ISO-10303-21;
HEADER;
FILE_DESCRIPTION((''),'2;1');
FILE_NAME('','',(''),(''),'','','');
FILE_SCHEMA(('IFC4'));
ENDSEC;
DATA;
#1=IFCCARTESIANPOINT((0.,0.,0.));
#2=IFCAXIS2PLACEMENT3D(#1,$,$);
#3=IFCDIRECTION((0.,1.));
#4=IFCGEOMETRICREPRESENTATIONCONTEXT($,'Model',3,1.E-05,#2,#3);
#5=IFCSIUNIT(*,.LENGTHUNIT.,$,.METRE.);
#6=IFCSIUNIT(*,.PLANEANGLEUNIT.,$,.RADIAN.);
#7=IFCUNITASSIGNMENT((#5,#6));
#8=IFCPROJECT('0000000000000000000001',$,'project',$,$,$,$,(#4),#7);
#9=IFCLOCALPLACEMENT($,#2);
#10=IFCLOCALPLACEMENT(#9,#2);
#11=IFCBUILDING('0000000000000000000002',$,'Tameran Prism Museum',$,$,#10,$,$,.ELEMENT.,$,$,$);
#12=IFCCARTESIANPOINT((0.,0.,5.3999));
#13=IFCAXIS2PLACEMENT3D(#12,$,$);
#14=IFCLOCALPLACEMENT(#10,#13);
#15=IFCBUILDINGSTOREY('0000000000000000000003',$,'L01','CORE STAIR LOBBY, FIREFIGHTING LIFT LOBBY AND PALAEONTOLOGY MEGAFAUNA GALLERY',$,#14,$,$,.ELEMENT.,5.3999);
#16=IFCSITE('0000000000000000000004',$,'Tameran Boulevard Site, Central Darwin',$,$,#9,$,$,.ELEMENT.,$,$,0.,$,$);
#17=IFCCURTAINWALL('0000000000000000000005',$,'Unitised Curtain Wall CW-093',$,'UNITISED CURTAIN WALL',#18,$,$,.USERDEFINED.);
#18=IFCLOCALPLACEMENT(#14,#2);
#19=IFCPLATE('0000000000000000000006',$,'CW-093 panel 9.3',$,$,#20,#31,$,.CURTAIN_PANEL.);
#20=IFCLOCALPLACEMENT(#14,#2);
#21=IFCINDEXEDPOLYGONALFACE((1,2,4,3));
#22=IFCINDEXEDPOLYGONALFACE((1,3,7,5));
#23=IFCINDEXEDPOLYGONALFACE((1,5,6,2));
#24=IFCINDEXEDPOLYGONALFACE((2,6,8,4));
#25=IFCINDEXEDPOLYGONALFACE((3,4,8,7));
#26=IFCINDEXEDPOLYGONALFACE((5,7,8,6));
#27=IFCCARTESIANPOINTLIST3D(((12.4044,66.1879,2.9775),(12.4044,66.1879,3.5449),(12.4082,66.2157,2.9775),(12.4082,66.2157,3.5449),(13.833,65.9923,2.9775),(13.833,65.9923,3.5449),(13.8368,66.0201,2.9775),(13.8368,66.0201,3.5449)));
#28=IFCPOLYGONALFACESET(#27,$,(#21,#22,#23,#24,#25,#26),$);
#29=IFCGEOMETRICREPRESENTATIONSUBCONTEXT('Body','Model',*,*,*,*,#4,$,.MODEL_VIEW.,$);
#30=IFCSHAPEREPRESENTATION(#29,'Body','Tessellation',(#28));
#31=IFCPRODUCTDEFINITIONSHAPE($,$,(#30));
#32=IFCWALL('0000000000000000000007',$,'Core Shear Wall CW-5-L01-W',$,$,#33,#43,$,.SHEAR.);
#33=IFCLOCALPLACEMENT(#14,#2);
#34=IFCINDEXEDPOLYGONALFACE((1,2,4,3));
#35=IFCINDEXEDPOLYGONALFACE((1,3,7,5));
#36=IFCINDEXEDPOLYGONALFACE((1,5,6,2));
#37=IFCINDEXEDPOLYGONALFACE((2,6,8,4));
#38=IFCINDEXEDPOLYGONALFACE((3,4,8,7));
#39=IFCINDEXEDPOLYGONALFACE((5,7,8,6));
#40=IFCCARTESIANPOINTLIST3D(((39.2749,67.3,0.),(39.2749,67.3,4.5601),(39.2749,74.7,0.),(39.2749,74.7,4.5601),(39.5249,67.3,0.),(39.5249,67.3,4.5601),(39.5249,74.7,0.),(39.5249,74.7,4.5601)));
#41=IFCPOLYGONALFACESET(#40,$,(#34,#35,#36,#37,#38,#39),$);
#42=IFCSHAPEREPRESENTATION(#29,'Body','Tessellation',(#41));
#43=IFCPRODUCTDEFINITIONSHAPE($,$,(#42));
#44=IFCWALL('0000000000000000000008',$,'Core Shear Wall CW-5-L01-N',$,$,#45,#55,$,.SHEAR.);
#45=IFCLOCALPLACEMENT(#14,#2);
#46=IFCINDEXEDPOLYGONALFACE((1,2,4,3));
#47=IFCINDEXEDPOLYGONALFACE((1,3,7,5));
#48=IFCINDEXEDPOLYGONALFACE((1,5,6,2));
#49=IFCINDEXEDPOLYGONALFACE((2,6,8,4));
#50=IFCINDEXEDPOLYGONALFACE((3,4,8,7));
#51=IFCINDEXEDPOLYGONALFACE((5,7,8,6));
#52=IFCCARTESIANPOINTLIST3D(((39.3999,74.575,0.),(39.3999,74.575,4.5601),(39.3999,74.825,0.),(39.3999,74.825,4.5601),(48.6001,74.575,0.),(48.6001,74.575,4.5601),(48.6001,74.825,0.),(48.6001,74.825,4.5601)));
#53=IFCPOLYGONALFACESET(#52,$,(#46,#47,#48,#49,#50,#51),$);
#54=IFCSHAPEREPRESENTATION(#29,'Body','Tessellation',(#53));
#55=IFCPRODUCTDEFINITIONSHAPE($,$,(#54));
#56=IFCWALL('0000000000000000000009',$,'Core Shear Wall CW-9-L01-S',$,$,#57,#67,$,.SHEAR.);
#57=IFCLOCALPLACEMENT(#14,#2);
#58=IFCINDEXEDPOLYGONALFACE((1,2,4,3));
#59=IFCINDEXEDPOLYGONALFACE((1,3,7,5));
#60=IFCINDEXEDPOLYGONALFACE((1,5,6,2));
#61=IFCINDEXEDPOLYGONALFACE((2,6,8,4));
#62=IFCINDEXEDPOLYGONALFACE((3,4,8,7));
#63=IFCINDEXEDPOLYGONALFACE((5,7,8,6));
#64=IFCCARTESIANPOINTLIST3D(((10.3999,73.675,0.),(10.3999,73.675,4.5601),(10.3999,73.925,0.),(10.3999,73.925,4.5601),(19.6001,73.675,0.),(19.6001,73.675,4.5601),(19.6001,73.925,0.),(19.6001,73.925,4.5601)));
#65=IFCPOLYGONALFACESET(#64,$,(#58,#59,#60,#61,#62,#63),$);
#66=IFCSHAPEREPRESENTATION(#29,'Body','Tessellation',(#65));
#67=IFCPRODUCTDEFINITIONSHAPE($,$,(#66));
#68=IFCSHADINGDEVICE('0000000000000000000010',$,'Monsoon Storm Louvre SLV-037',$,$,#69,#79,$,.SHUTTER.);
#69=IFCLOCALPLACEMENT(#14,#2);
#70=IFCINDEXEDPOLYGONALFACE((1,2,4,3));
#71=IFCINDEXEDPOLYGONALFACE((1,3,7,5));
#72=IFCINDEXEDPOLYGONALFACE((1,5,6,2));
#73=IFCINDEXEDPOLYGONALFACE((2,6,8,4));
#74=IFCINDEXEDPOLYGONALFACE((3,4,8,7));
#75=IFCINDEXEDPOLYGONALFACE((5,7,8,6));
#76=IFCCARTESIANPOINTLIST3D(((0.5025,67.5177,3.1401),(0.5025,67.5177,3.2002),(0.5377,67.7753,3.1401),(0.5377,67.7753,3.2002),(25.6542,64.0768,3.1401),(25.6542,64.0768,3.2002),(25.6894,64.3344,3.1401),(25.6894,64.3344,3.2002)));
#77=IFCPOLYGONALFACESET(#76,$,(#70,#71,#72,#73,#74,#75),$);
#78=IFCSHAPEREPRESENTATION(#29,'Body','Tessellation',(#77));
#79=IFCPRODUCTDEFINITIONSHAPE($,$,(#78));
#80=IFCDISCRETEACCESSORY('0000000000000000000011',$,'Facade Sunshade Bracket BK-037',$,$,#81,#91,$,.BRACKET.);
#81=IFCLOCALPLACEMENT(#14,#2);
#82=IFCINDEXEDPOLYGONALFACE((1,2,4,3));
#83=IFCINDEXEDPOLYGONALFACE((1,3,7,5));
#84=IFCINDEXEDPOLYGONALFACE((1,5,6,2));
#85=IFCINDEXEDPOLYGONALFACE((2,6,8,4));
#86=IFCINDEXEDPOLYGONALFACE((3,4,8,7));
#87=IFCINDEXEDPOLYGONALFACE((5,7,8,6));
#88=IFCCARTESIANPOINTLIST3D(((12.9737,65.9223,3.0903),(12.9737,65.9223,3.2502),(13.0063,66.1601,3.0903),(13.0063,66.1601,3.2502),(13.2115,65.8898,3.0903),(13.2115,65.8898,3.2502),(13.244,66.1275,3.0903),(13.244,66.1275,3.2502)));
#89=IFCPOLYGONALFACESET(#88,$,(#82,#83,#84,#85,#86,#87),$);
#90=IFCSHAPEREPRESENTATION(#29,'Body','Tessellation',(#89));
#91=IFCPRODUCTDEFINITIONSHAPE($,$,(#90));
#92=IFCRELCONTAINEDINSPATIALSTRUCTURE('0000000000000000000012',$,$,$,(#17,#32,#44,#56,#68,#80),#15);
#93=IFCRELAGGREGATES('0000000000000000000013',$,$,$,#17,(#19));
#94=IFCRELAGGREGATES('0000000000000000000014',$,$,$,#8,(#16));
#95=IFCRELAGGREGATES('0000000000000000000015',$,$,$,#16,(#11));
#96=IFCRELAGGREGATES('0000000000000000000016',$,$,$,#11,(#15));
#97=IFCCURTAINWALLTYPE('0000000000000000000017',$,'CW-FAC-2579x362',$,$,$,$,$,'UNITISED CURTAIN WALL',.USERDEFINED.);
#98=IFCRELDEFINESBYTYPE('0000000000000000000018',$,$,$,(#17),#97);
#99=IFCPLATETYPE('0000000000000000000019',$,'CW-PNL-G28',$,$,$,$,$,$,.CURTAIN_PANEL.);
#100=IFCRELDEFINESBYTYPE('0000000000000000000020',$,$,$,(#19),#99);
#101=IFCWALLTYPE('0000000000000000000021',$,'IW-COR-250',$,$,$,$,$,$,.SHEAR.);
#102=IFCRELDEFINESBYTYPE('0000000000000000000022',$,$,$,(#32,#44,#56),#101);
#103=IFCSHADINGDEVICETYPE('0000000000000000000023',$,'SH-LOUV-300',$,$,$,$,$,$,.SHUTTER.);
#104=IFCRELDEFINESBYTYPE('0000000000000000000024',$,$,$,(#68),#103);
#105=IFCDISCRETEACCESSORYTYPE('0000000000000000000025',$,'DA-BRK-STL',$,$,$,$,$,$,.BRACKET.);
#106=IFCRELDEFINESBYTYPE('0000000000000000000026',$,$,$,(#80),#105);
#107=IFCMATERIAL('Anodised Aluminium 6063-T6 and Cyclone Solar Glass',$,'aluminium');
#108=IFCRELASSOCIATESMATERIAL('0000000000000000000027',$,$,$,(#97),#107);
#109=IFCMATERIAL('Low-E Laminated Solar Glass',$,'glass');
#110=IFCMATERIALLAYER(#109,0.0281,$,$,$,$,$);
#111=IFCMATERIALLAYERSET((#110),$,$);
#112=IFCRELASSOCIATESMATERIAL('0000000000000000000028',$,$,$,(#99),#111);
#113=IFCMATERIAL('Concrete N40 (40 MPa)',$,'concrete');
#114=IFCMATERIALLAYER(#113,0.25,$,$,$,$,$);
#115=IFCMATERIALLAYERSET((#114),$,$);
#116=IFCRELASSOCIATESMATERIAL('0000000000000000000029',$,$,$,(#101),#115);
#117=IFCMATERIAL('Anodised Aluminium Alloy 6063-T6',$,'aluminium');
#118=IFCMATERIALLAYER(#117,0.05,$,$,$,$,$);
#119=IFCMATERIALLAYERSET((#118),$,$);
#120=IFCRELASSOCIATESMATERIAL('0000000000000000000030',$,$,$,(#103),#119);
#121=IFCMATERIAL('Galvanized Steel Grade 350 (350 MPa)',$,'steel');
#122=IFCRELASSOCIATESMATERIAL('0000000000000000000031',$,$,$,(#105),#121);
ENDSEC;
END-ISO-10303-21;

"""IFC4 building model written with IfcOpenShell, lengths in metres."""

from ifc_helpers import new_model, si_unit, direction, frame, frame_2d, origin, origin_2d, place, context, subcontext, project, spatial, rectangle, extrude, material, layer, layer_set, type_object, element, aggregate, save


model = new_model("IFC4")

# Units and contexts
model_context = context("Model", 3, precision=1e-05, world=origin(), true_north=direction((0.0, 1.0)))
body_context = subcontext(model_context, "Body", "Model", "MODEL_VIEW")
ifc_project = project(units=[si_unit("LENGTHUNIT", "METRE"), si_unit("PLANEANGLEUNIT", "RADIAN")], contexts=[model_context])

# Site, building, storey
site_placement = place(None, origin())
site = spatial("IfcSite", under=ifc_project, at=site_placement, Name="Tameran Boulevard Site, Central Darwin", CompositionType="ELEMENT", RefElevation=0.0)
building_placement = place(site_placement, origin())
building = spatial("IfcBuilding", under=site, at=building_placement, Name="Tameran Prism Museum", CompositionType="ELEMENT")
storey_placement = place(building_placement, frame((0.0, 0.0, 5.3999)))
storey = spatial("IfcBuildingStorey", under=building, at=storey_placement, Name="L01", Description="CORE STAIR LOBBY, FIREFIGHTING LIFT LOBBY AND PALAEONTOLOGY MEGAFAUNA GALLERY", CompositionType="ELEMENT", Elevation=5.3999)

# Curtain wall, plate
ifc_material_1 = material(Name="Anodised Aluminium 6063-T6 and Cyclone Solar Glass", Category="aluminium")
curtain_wall_type = type_object("IfcCurtainWallType", Name="CW-FAC-2579x362", ElementType="UNITISED CURTAIN WALL", PredefinedType="USERDEFINED", material=ifc_material_1)
curtain_wall_placement = place(storey_placement, origin())
curtain_wall = element("IfcCurtainWall", 1, at=curtain_wall_placement, inside=storey, type_object=curtain_wall_type, Name="Unitised Curtain Wall CW-093", ObjectType="UNITISED CURTAIN WALL", PredefinedType="USERDEFINED")
ifc_material_2 = material(Name="Low-E Laminated Solar Glass", Category="glass")
ifc_layer_1 = layer(ifc_material_2, 0.0281)
ifc_layer_set_1 = layer_set([ifc_layer_1])
plate_type = type_object("IfcPlateType", Name="CW-PNL-G28", PredefinedType="CURTAIN_PANEL", material=ifc_layer_set_1)
plate_1_placement = place(storey_placement, frame((13.1206, 66.104, 2.9775), z_axis=(0.0, 0.0, 1.0), x_axis=(-0.990756, 0.135658, 0.0)))
plate_1 = element("IfcPlate", 2, at=plate_1_placement, type_object=plate_type, Name="CW-093 panel 9.3", PredefinedType="CURTAIN_PANEL", context=body_context, shape_type="SweptSolid", body=[
    extrude(rectangle(XDim=1.4419, YDim=0.0281, at=origin_2d()), origin(), (0.0, 0.0, 1.0), 0.5674),
])
aggregate(curtain_wall, [plate_1])

# Walls
ifc_material_3 = material(Name="Concrete N40 (40 MPa)", Category="concrete")
ifc_layer_2 = layer(ifc_material_3, 0.25)
ifc_layer_set_2 = layer_set([ifc_layer_2])
wall_type = type_object("IfcWallType", Name="IW-COR-250", PredefinedType="SHEAR", material=ifc_layer_set_2)
wall_placement = place(storey_placement, frame((39.3999, 67.3, 0.0), z_axis=(0.0, 0.0, 1.0), x_axis=(0.0, 1.0, 0.0)))
element("IfcWall", 3, at=wall_placement, inside=storey, type_object=wall_type, Name="Core Shear Wall CW-5-L01-W", PredefinedType="SHEAR", context=body_context, shape_type="SweptSolid", body=[
    extrude(rectangle(XDim=7.3999, YDim=0.25, at=frame_2d((3.7, 0.0))), origin(), (0.0, 0.0, 1.0), 4.5601),
])
for number, where, z_axis, x_axis, name in (
    (4, (39.3999, 74.7, 0.0), (0.0, 0.0, 1.0), (1.0, 0.0, 0.0), "Core Shear Wall CW-5-L01-N"),
    (5, (19.6001, 73.8, 0.0), (0.0, 0.0, 1.0), (-1.0, 0.0, 0.0), "Core Shear Wall CW-9-L01-S"),
):
    element("IfcWall", number, at=place(storey_placement, frame(where, z_axis=z_axis, x_axis=x_axis)), inside=storey, type_object=wall_type, Name=name, PredefinedType="SHEAR", context=body_context, shape_type="SweptSolid", body=[
        extrude(rectangle(XDim=9.2002, YDim=0.25, at=frame_2d((4.6001, 0.0))), origin(), (0.0, 0.0, 1.0), 4.5601),
    ])

# Shading device
ifc_material_4 = material(Name="Anodised Aluminium Alloy 6063-T6", Category="aluminium")
ifc_layer_3 = layer(ifc_material_4, 0.05)
ifc_layer_set_3 = layer_set([ifc_layer_3])
shading_device_type = type_object("IfcShadingDeviceType", Name="SH-LOUV-300", PredefinedType="SHUTTER", material=ifc_layer_set_3)
shading_device_placement = place(storey_placement, frame((13.0959, 65.926, 3.1401), z_axis=(0.0, 0.0, 1.0), x_axis=(-0.990772, 0.135543, 0.0)))
element("IfcShadingDevice", 6, at=shading_device_placement, inside=storey, type_object=shading_device_type, Name="Monsoon Storm Louvre SLV-037", PredefinedType="SHUTTER", context=body_context, shape_type="SweptSolid", body=[
    extrude(rectangle(XDim=25.386, YDim=0.26, at=origin_2d()), origin(), (0.0, 0.0, 1.0), 0.0601),
])

# Discrete accessory
ifc_material_5 = material(Name="Galvanized Steel Grade 350 (350 MPa)", Category="steel")
discrete_accessory_type = type_object("IfcDiscreteAccessoryType", Name="DA-BRK-STL", PredefinedType="BRACKET", material=ifc_material_5)
discrete_accessory_placement = place(storey_placement, frame((13.1089, 66.0249, 3.0903), z_axis=(0.0, 0.0, 1.0), x_axis=(-0.990772, 0.135543, 0.0)))
element("IfcDiscreteAccessory", 7, at=discrete_accessory_placement, inside=storey, type_object=discrete_accessory_type, Name="Facade Sunshade Bracket BK-037", PredefinedType="BRACKET", context=body_context, shape_type="SweptSolid", body=[
    extrude(rectangle(XDim=0.24, YDim=0.24, at=origin_2d()), origin(), (0.0, 0.0, 1.0), 0.1599),
])

save(model, "model.ifc")
